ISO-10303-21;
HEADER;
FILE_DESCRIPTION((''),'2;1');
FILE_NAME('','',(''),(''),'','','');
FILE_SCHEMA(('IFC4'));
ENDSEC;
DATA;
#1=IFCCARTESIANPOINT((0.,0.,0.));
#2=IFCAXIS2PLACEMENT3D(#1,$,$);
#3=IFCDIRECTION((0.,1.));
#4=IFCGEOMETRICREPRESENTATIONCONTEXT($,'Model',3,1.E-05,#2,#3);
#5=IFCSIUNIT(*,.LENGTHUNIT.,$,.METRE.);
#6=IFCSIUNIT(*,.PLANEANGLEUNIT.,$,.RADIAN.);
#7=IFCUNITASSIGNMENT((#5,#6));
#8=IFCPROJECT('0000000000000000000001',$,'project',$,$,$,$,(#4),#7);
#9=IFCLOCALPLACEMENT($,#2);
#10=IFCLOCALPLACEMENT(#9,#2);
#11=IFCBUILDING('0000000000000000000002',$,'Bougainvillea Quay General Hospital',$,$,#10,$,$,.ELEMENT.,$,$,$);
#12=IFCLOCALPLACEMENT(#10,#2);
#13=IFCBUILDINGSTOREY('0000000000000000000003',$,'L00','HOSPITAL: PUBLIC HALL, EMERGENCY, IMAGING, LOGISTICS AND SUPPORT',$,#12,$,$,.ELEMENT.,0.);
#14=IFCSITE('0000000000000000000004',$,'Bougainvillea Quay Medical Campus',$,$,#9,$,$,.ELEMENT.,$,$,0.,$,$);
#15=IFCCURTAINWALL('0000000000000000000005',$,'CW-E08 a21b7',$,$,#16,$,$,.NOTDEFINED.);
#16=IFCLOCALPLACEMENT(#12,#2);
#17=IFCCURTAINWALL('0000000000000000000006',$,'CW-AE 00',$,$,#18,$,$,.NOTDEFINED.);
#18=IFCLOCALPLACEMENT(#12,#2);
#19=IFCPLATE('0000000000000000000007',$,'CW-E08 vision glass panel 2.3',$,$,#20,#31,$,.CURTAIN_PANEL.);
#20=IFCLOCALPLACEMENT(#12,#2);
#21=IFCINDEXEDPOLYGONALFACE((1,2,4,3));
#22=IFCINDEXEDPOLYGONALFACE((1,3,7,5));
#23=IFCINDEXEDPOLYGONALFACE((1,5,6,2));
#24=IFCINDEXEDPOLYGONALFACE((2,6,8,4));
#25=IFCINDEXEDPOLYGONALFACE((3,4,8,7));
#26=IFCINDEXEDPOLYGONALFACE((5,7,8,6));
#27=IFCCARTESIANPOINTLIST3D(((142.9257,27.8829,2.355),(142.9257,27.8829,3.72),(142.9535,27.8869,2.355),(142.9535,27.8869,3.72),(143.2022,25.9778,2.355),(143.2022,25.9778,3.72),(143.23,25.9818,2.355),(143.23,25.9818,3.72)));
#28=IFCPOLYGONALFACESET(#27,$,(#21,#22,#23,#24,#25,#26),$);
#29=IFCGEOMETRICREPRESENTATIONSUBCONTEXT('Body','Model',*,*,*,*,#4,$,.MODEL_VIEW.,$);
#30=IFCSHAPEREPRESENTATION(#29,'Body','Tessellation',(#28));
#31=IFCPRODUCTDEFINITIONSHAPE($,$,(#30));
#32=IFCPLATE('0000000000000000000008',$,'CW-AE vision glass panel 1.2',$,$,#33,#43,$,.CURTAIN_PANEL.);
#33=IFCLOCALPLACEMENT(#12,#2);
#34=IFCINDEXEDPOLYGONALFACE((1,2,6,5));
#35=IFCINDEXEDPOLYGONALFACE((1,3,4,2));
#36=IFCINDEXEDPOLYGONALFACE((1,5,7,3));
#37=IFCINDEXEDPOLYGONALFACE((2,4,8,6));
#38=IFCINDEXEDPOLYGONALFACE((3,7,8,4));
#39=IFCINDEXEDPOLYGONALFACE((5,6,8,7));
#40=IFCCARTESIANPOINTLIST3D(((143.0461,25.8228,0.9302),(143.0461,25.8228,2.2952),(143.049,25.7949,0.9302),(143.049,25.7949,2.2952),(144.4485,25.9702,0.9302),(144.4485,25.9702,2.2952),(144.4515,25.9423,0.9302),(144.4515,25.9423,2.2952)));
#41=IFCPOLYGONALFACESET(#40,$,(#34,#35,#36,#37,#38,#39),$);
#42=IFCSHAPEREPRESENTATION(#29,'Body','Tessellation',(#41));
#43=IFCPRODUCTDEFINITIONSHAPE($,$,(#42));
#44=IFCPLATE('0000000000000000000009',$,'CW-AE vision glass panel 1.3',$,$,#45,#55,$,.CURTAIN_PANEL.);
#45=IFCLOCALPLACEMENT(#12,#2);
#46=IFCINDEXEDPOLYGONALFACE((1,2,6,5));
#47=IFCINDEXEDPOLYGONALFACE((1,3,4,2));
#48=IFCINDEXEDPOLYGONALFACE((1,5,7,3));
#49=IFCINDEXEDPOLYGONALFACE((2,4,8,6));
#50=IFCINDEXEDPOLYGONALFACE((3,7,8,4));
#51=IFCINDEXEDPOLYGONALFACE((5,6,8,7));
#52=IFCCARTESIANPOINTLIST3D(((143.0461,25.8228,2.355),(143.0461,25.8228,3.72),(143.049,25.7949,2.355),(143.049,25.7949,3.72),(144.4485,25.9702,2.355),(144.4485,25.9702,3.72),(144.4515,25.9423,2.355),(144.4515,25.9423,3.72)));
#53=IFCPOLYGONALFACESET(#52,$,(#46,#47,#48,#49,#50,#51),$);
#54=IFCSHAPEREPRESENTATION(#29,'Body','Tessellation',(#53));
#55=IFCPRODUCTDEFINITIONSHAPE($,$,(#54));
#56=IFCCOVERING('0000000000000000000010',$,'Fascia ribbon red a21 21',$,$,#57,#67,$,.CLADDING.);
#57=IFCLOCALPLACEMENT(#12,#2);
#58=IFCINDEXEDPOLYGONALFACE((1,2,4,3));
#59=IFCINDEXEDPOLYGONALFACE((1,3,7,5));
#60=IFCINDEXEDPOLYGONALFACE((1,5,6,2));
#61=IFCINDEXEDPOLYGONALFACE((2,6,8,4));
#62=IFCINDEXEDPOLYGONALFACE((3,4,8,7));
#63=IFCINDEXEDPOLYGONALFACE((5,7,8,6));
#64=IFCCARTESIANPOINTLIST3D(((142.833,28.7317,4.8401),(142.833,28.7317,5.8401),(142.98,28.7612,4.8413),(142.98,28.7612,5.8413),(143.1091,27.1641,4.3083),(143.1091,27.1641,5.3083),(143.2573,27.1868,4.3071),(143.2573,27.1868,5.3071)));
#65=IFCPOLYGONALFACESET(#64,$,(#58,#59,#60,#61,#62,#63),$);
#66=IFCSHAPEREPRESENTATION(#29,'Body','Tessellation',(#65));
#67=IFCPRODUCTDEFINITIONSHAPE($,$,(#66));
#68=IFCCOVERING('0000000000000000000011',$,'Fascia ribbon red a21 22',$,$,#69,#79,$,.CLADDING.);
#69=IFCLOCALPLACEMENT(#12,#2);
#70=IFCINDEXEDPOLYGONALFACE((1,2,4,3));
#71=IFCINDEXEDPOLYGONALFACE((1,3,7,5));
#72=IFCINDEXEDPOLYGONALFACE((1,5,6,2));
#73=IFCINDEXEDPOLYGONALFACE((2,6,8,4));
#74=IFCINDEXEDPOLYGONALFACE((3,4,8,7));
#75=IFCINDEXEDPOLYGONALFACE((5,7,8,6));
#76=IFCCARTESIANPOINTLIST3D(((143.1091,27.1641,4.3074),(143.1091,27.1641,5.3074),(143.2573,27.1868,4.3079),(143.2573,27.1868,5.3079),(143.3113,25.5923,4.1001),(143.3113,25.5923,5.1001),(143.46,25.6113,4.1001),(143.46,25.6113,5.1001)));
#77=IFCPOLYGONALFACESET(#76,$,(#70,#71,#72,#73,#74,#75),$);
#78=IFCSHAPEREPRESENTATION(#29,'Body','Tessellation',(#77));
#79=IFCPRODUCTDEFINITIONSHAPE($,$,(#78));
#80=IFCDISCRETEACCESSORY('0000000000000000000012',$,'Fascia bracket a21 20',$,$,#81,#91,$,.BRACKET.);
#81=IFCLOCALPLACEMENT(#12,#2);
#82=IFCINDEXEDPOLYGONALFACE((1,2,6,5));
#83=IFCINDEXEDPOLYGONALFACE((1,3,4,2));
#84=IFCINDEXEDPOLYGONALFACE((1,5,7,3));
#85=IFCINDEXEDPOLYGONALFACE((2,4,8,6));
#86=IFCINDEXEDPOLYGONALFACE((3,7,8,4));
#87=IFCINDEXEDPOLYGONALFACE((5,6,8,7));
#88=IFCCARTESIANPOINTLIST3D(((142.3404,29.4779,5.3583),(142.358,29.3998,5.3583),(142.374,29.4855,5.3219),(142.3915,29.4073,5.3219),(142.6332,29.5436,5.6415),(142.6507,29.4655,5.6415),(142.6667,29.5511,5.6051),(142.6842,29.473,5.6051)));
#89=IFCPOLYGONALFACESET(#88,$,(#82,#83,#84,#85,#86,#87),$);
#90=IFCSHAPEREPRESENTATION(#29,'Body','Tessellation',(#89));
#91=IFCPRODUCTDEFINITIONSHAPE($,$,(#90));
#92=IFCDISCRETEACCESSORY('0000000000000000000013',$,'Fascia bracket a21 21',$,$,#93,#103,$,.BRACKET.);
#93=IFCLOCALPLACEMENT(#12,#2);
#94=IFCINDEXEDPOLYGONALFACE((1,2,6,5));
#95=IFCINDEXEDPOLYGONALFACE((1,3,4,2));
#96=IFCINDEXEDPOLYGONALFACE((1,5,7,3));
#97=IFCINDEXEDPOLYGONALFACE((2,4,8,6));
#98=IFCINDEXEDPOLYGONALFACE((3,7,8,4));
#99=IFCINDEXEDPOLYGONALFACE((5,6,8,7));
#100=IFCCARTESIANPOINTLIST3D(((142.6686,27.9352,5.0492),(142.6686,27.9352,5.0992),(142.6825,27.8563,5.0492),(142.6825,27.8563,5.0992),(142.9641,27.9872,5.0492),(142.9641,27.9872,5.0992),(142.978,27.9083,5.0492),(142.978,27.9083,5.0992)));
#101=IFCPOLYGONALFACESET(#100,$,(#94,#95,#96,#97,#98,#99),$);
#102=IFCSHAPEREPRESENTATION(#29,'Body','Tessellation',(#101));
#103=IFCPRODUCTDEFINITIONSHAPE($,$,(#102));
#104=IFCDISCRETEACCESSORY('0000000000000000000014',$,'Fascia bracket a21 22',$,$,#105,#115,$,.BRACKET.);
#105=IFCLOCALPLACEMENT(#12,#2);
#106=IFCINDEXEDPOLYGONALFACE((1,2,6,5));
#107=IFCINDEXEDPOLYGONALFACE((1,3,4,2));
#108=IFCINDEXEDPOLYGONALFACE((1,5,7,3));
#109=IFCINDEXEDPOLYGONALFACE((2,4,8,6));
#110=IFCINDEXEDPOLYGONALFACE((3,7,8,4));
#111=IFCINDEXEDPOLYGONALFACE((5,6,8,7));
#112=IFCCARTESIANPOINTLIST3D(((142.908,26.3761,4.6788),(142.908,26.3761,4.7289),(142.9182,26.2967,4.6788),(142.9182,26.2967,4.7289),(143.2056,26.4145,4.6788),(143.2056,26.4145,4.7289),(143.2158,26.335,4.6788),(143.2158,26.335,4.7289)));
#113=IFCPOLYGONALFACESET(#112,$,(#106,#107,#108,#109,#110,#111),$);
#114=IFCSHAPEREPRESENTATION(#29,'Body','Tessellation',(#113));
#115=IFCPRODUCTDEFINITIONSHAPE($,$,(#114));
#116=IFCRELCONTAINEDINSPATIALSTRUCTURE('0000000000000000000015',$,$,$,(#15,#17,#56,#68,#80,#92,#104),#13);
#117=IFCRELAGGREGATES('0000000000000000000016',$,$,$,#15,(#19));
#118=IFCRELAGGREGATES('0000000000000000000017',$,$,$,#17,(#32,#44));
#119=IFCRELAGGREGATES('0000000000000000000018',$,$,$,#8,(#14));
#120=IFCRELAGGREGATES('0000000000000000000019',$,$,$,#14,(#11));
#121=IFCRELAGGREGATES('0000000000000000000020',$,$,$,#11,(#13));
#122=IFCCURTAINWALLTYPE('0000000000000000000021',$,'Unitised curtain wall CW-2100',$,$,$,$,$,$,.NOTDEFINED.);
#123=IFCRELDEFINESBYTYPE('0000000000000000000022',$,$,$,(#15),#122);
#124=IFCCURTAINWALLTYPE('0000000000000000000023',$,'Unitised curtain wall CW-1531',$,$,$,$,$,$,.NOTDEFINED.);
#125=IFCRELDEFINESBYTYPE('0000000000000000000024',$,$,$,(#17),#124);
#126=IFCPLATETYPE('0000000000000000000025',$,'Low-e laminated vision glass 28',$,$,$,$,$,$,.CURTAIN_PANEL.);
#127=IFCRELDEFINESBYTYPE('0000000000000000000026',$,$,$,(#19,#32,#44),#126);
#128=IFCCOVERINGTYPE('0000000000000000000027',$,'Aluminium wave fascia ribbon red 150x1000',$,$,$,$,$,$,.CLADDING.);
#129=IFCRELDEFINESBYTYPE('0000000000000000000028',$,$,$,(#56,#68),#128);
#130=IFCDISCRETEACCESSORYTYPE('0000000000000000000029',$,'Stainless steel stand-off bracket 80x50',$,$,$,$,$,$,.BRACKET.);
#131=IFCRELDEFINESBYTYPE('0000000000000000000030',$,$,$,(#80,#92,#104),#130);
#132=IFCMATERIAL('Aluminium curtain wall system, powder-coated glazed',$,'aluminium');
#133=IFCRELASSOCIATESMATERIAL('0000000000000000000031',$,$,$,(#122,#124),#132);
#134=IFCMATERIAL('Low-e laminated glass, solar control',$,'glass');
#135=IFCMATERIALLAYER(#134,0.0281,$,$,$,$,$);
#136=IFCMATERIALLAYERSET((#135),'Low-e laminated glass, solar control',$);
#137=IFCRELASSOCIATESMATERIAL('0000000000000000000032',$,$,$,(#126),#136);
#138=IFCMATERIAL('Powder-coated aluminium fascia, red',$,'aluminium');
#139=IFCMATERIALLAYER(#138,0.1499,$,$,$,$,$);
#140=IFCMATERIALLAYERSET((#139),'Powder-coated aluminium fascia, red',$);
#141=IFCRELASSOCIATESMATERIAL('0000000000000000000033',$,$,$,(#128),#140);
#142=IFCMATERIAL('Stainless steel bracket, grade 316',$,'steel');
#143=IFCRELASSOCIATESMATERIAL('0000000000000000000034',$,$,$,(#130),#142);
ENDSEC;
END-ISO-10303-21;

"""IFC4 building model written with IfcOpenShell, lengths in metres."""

from ifc_helpers import new_model, si_unit, direction, frame, origin, origin_2d, place, context, subcontext, project, spatial, polyline, rectangle, outline, extrude, material, layer, layer_set, material_profile, profile_set, type_object, element, aggregate, save


model = new_model("IFC4")

# Units and contexts
model_context = context("Model", 3, precision=1e-05, world=origin(), true_north=direction((0.0, 1.0)))
body_context = subcontext(model_context, "Body", "Model", "MODEL_VIEW")
ifc_project = project(units=[si_unit("LENGTHUNIT", "METRE"), si_unit("PLANEANGLEUNIT", "RADIAN")], contexts=[model_context])

# Site, building, storey
site_placement = place(None, origin())
site = spatial("IfcSite", under=ifc_project, at=site_placement, Name="Bougainvillea Quay Medical Campus", CompositionType="ELEMENT", RefElevation=0.0)
building_placement = place(site_placement, origin())
building = spatial("IfcBuilding", under=site, at=building_placement, Name="Bougainvillea Quay General Hospital", CompositionType="ELEMENT")
storey_placement = place(building_placement, origin())
storey = spatial("IfcBuildingStorey", under=building, at=storey_placement, Name="L00", Description="HOSPITAL: PUBLIC HALL, EMERGENCY, IMAGING, LOGISTICS AND SUPPORT", CompositionType="ELEMENT", Elevation=0.0)

# Curtain walls
ifc_material_1 = material(Name="Aluminium curtain wall system, powder-coated glazed", Category="aluminium")
curtain_wall_type_1 = type_object("IfcCurtainWallType", Name="Unitised curtain wall CW-2100", PredefinedType="NOTDEFINED", material=ifc_material_1)
curtain_wall_1_placement = place(storey_placement, origin())
curtain_wall_1 = element("IfcCurtainWall", 1, at=curtain_wall_1_placement, inside=storey, type_object=curtain_wall_type_1, Name="CW-E08 a21b7", PredefinedType="NOTDEFINED")
curtain_wall_type_2 = type_object("IfcCurtainWallType", Name="Unitised curtain wall CW-1531", PredefinedType="NOTDEFINED", material=ifc_material_1)
curtain_wall_2_placement = place(storey_placement, origin())
curtain_wall_2 = element("IfcCurtainWall", 2, at=curtain_wall_2_placement, inside=storey, type_object=curtain_wall_type_2, Name="CW-AE 00", PredefinedType="NOTDEFINED")

# Plates
ifc_material_2 = material(Name="Low-e laminated glass, solar control", Category="glass")
ifc_layer_1 = layer(ifc_material_2, 0.0281)
ifc_layer_set_1 = layer_set([ifc_layer_1], Name="Low-e laminated glass, solar control")
plate_type_1 = type_object("IfcPlateType", Name="Low-e laminated vision glass 28", PredefinedType="CURTAIN_PANEL", material=ifc_layer_set_1)
plate_1_placement = place(storey_placement, frame((143.0779, 26.9324, 2.355), z_axis=(0.0, 0.0, 1.0), x_axis=(0.143643, -0.98963, 0.0)))
plate_1 = element("IfcPlate", 3, at=plate_1_placement, type_object=plate_type_1, Name="CW-E08 vision glass panel 2.3", PredefinedType="CURTAIN_PANEL", context=body_context, shape_type="SweptSolid", body=[
    extrude(rectangle(XDim=1.925, YDim=0.0281, at=origin_2d()), origin(), (0.0, 0.0, 1.0), 1.365),
])
aggregate(curtain_wall_1, [plate_1])
plate_2_placement = place(storey_placement, frame((143.7488, 25.8826, 0.9302), z_axis=(0.0, 0.0, 1.0), x_axis=(0.994522, 0.104527, 0.0)))
plate_2 = element("IfcPlate", 4, at=plate_2_placement, type_object=plate_type_1, Name="CW-AE vision glass panel 1.2", PredefinedType="CURTAIN_PANEL", context=body_context, shape_type="SweptSolid", body=[
    extrude(rectangle(XDim=1.4102, YDim=0.0281, at=origin_2d()), origin(), (0.0, 0.0, 1.0), 1.365),
])
plate_3_placement = place(storey_placement, frame((143.7488, 25.8826, 2.355), z_axis=(0.0, 0.0, 1.0), x_axis=(0.994522, 0.104527, 0.0)))
plate_3 = element("IfcPlate", 5, at=plate_3_placement, type_object=plate_type_1, Name="CW-AE vision glass panel 1.3", PredefinedType="CURTAIN_PANEL", context=body_context, shape_type="SweptSolid", body=[
    extrude(rectangle(XDim=1.4102, YDim=0.0281, at=origin_2d()), origin(), (0.0, 0.0, 1.0), 1.365),
])
aggregate(curtain_wall_2, [plate_2, plate_3])

# Coverings
ifc_material_3 = material(Name="Powder-coated aluminium fascia, red", Category="aluminium")
ifc_layer_2 = layer(ifc_material_3, 0.1499)
ifc_layer_set_2 = layer_set([ifc_layer_2], Name="Powder-coated aluminium fascia, red")
covering_type = type_object("IfcCoveringType", Name="Aluminium wave fascia ribbon red 150x1000", PredefinedType="CLADDING", material=ifc_layer_set_2)
covering_1_placement = place(storey_placement, frame((142.833, 28.7317, 4.8401), z_axis=(0.055231, -0.312028, 0.948466), x_axis=(0.164531, -0.934087, -0.316878)))
element("IfcCovering", 6, at=covering_1_placement, inside=storey, type_object=covering_type, Name="Fascia ribbon red a21 21", PredefinedType="CLADDING", context=body_context, shape_type="SweptSolid", body=[
    extrude(outline(polyline([(0.0, 0.0), (1.6782, 0.0), (1.6818, 0.1499), (-0.0038, 0.1499), (0.0, 0.0)])), origin(), (-0.316878, -0.000252, 0.948466), 1.0),
])
covering_2_placement = place(storey_placement, frame((143.1091, 27.1641, 4.3074), z_axis=(0.01646, -0.128644, 0.991554), x_axis=(0.126483, -0.983454, -0.129693)))
element("IfcCovering", 7, at=covering_2_placement, inside=storey, type_object=covering_type, Name="Fascia ribbon red a21 22", PredefinedType="CLADDING", context=body_context, shape_type="SweptSolid", body=[
    extrude(outline(polyline([(0.0, 0.0), (1.5982, 0.0), (1.5983, 0.1499), (-0.0036, 0.1499), (0.0, 0.0)])), origin(), (-0.129693, 0.000084, 0.991554), 1.0),
])

# Discrete accessories
ifc_material_4 = material(Name="Stainless steel bracket, grade 316", Category="steel")
ifc_material_profile_1 = material_profile(ifc_material_4, rectangle(XDim=0.0801, YDim=0.05, at=origin_2d()))
ifc_profile_set_1 = profile_set([ifc_material_profile_1], Name="Stainless steel bracket, grade 316")
discrete_accessory_type = type_object("IfcDiscreteAccessoryType", Name="Stainless steel stand-off bracket 80x50", PredefinedType="BRACKET", material=ifc_profile_set_1)
discrete_accessory_placement = place(storey_placement, frame((142.366, 29.4426, 5.3401), z_axis=(0.709534, 0.159187, 0.686455), x_axis=(-0.218912, 0.975745, 0.0)))
element("IfcDiscreteAccessory", 8, at=discrete_accessory_placement, inside=storey, type_object=discrete_accessory_type, Name="Fascia bracket a21 20", PredefinedType="BRACKET", context=body_context, shape_type="SweptSolid", body=[
    extrude(rectangle(XDim=0.0801, YDim=0.05, at=origin_2d()), origin(), (0.0, 0.0, 1.0), 0.4126),
])
for number, where, z_axis, x_axis, name in (
    (9, (142.6755, 27.8958, 5.0742), (0.984857, 0.173367, 0.0), (-0.173367, 0.984857, 0.0), "Fascia bracket a21 21"),
    (10, (142.9131, 26.3364, 4.7039), (0.991808, 0.127739, 0.0), (-0.127739, 0.991808, 0.0), "Fascia bracket a21 22"),
):
    element("IfcDiscreteAccessory", number, at=place(storey_placement, frame(where, z_axis=z_axis, x_axis=x_axis)), inside=storey, type_object=discrete_accessory_type, Name=name, PredefinedType="BRACKET", context=body_context, shape_type="SweptSolid", body=[
        extrude(rectangle(XDim=0.0801, YDim=0.05, at=origin_2d()), origin(), (0.0, 0.0, 1.0), 0.3),
    ])

save(model, "model.ifc")
